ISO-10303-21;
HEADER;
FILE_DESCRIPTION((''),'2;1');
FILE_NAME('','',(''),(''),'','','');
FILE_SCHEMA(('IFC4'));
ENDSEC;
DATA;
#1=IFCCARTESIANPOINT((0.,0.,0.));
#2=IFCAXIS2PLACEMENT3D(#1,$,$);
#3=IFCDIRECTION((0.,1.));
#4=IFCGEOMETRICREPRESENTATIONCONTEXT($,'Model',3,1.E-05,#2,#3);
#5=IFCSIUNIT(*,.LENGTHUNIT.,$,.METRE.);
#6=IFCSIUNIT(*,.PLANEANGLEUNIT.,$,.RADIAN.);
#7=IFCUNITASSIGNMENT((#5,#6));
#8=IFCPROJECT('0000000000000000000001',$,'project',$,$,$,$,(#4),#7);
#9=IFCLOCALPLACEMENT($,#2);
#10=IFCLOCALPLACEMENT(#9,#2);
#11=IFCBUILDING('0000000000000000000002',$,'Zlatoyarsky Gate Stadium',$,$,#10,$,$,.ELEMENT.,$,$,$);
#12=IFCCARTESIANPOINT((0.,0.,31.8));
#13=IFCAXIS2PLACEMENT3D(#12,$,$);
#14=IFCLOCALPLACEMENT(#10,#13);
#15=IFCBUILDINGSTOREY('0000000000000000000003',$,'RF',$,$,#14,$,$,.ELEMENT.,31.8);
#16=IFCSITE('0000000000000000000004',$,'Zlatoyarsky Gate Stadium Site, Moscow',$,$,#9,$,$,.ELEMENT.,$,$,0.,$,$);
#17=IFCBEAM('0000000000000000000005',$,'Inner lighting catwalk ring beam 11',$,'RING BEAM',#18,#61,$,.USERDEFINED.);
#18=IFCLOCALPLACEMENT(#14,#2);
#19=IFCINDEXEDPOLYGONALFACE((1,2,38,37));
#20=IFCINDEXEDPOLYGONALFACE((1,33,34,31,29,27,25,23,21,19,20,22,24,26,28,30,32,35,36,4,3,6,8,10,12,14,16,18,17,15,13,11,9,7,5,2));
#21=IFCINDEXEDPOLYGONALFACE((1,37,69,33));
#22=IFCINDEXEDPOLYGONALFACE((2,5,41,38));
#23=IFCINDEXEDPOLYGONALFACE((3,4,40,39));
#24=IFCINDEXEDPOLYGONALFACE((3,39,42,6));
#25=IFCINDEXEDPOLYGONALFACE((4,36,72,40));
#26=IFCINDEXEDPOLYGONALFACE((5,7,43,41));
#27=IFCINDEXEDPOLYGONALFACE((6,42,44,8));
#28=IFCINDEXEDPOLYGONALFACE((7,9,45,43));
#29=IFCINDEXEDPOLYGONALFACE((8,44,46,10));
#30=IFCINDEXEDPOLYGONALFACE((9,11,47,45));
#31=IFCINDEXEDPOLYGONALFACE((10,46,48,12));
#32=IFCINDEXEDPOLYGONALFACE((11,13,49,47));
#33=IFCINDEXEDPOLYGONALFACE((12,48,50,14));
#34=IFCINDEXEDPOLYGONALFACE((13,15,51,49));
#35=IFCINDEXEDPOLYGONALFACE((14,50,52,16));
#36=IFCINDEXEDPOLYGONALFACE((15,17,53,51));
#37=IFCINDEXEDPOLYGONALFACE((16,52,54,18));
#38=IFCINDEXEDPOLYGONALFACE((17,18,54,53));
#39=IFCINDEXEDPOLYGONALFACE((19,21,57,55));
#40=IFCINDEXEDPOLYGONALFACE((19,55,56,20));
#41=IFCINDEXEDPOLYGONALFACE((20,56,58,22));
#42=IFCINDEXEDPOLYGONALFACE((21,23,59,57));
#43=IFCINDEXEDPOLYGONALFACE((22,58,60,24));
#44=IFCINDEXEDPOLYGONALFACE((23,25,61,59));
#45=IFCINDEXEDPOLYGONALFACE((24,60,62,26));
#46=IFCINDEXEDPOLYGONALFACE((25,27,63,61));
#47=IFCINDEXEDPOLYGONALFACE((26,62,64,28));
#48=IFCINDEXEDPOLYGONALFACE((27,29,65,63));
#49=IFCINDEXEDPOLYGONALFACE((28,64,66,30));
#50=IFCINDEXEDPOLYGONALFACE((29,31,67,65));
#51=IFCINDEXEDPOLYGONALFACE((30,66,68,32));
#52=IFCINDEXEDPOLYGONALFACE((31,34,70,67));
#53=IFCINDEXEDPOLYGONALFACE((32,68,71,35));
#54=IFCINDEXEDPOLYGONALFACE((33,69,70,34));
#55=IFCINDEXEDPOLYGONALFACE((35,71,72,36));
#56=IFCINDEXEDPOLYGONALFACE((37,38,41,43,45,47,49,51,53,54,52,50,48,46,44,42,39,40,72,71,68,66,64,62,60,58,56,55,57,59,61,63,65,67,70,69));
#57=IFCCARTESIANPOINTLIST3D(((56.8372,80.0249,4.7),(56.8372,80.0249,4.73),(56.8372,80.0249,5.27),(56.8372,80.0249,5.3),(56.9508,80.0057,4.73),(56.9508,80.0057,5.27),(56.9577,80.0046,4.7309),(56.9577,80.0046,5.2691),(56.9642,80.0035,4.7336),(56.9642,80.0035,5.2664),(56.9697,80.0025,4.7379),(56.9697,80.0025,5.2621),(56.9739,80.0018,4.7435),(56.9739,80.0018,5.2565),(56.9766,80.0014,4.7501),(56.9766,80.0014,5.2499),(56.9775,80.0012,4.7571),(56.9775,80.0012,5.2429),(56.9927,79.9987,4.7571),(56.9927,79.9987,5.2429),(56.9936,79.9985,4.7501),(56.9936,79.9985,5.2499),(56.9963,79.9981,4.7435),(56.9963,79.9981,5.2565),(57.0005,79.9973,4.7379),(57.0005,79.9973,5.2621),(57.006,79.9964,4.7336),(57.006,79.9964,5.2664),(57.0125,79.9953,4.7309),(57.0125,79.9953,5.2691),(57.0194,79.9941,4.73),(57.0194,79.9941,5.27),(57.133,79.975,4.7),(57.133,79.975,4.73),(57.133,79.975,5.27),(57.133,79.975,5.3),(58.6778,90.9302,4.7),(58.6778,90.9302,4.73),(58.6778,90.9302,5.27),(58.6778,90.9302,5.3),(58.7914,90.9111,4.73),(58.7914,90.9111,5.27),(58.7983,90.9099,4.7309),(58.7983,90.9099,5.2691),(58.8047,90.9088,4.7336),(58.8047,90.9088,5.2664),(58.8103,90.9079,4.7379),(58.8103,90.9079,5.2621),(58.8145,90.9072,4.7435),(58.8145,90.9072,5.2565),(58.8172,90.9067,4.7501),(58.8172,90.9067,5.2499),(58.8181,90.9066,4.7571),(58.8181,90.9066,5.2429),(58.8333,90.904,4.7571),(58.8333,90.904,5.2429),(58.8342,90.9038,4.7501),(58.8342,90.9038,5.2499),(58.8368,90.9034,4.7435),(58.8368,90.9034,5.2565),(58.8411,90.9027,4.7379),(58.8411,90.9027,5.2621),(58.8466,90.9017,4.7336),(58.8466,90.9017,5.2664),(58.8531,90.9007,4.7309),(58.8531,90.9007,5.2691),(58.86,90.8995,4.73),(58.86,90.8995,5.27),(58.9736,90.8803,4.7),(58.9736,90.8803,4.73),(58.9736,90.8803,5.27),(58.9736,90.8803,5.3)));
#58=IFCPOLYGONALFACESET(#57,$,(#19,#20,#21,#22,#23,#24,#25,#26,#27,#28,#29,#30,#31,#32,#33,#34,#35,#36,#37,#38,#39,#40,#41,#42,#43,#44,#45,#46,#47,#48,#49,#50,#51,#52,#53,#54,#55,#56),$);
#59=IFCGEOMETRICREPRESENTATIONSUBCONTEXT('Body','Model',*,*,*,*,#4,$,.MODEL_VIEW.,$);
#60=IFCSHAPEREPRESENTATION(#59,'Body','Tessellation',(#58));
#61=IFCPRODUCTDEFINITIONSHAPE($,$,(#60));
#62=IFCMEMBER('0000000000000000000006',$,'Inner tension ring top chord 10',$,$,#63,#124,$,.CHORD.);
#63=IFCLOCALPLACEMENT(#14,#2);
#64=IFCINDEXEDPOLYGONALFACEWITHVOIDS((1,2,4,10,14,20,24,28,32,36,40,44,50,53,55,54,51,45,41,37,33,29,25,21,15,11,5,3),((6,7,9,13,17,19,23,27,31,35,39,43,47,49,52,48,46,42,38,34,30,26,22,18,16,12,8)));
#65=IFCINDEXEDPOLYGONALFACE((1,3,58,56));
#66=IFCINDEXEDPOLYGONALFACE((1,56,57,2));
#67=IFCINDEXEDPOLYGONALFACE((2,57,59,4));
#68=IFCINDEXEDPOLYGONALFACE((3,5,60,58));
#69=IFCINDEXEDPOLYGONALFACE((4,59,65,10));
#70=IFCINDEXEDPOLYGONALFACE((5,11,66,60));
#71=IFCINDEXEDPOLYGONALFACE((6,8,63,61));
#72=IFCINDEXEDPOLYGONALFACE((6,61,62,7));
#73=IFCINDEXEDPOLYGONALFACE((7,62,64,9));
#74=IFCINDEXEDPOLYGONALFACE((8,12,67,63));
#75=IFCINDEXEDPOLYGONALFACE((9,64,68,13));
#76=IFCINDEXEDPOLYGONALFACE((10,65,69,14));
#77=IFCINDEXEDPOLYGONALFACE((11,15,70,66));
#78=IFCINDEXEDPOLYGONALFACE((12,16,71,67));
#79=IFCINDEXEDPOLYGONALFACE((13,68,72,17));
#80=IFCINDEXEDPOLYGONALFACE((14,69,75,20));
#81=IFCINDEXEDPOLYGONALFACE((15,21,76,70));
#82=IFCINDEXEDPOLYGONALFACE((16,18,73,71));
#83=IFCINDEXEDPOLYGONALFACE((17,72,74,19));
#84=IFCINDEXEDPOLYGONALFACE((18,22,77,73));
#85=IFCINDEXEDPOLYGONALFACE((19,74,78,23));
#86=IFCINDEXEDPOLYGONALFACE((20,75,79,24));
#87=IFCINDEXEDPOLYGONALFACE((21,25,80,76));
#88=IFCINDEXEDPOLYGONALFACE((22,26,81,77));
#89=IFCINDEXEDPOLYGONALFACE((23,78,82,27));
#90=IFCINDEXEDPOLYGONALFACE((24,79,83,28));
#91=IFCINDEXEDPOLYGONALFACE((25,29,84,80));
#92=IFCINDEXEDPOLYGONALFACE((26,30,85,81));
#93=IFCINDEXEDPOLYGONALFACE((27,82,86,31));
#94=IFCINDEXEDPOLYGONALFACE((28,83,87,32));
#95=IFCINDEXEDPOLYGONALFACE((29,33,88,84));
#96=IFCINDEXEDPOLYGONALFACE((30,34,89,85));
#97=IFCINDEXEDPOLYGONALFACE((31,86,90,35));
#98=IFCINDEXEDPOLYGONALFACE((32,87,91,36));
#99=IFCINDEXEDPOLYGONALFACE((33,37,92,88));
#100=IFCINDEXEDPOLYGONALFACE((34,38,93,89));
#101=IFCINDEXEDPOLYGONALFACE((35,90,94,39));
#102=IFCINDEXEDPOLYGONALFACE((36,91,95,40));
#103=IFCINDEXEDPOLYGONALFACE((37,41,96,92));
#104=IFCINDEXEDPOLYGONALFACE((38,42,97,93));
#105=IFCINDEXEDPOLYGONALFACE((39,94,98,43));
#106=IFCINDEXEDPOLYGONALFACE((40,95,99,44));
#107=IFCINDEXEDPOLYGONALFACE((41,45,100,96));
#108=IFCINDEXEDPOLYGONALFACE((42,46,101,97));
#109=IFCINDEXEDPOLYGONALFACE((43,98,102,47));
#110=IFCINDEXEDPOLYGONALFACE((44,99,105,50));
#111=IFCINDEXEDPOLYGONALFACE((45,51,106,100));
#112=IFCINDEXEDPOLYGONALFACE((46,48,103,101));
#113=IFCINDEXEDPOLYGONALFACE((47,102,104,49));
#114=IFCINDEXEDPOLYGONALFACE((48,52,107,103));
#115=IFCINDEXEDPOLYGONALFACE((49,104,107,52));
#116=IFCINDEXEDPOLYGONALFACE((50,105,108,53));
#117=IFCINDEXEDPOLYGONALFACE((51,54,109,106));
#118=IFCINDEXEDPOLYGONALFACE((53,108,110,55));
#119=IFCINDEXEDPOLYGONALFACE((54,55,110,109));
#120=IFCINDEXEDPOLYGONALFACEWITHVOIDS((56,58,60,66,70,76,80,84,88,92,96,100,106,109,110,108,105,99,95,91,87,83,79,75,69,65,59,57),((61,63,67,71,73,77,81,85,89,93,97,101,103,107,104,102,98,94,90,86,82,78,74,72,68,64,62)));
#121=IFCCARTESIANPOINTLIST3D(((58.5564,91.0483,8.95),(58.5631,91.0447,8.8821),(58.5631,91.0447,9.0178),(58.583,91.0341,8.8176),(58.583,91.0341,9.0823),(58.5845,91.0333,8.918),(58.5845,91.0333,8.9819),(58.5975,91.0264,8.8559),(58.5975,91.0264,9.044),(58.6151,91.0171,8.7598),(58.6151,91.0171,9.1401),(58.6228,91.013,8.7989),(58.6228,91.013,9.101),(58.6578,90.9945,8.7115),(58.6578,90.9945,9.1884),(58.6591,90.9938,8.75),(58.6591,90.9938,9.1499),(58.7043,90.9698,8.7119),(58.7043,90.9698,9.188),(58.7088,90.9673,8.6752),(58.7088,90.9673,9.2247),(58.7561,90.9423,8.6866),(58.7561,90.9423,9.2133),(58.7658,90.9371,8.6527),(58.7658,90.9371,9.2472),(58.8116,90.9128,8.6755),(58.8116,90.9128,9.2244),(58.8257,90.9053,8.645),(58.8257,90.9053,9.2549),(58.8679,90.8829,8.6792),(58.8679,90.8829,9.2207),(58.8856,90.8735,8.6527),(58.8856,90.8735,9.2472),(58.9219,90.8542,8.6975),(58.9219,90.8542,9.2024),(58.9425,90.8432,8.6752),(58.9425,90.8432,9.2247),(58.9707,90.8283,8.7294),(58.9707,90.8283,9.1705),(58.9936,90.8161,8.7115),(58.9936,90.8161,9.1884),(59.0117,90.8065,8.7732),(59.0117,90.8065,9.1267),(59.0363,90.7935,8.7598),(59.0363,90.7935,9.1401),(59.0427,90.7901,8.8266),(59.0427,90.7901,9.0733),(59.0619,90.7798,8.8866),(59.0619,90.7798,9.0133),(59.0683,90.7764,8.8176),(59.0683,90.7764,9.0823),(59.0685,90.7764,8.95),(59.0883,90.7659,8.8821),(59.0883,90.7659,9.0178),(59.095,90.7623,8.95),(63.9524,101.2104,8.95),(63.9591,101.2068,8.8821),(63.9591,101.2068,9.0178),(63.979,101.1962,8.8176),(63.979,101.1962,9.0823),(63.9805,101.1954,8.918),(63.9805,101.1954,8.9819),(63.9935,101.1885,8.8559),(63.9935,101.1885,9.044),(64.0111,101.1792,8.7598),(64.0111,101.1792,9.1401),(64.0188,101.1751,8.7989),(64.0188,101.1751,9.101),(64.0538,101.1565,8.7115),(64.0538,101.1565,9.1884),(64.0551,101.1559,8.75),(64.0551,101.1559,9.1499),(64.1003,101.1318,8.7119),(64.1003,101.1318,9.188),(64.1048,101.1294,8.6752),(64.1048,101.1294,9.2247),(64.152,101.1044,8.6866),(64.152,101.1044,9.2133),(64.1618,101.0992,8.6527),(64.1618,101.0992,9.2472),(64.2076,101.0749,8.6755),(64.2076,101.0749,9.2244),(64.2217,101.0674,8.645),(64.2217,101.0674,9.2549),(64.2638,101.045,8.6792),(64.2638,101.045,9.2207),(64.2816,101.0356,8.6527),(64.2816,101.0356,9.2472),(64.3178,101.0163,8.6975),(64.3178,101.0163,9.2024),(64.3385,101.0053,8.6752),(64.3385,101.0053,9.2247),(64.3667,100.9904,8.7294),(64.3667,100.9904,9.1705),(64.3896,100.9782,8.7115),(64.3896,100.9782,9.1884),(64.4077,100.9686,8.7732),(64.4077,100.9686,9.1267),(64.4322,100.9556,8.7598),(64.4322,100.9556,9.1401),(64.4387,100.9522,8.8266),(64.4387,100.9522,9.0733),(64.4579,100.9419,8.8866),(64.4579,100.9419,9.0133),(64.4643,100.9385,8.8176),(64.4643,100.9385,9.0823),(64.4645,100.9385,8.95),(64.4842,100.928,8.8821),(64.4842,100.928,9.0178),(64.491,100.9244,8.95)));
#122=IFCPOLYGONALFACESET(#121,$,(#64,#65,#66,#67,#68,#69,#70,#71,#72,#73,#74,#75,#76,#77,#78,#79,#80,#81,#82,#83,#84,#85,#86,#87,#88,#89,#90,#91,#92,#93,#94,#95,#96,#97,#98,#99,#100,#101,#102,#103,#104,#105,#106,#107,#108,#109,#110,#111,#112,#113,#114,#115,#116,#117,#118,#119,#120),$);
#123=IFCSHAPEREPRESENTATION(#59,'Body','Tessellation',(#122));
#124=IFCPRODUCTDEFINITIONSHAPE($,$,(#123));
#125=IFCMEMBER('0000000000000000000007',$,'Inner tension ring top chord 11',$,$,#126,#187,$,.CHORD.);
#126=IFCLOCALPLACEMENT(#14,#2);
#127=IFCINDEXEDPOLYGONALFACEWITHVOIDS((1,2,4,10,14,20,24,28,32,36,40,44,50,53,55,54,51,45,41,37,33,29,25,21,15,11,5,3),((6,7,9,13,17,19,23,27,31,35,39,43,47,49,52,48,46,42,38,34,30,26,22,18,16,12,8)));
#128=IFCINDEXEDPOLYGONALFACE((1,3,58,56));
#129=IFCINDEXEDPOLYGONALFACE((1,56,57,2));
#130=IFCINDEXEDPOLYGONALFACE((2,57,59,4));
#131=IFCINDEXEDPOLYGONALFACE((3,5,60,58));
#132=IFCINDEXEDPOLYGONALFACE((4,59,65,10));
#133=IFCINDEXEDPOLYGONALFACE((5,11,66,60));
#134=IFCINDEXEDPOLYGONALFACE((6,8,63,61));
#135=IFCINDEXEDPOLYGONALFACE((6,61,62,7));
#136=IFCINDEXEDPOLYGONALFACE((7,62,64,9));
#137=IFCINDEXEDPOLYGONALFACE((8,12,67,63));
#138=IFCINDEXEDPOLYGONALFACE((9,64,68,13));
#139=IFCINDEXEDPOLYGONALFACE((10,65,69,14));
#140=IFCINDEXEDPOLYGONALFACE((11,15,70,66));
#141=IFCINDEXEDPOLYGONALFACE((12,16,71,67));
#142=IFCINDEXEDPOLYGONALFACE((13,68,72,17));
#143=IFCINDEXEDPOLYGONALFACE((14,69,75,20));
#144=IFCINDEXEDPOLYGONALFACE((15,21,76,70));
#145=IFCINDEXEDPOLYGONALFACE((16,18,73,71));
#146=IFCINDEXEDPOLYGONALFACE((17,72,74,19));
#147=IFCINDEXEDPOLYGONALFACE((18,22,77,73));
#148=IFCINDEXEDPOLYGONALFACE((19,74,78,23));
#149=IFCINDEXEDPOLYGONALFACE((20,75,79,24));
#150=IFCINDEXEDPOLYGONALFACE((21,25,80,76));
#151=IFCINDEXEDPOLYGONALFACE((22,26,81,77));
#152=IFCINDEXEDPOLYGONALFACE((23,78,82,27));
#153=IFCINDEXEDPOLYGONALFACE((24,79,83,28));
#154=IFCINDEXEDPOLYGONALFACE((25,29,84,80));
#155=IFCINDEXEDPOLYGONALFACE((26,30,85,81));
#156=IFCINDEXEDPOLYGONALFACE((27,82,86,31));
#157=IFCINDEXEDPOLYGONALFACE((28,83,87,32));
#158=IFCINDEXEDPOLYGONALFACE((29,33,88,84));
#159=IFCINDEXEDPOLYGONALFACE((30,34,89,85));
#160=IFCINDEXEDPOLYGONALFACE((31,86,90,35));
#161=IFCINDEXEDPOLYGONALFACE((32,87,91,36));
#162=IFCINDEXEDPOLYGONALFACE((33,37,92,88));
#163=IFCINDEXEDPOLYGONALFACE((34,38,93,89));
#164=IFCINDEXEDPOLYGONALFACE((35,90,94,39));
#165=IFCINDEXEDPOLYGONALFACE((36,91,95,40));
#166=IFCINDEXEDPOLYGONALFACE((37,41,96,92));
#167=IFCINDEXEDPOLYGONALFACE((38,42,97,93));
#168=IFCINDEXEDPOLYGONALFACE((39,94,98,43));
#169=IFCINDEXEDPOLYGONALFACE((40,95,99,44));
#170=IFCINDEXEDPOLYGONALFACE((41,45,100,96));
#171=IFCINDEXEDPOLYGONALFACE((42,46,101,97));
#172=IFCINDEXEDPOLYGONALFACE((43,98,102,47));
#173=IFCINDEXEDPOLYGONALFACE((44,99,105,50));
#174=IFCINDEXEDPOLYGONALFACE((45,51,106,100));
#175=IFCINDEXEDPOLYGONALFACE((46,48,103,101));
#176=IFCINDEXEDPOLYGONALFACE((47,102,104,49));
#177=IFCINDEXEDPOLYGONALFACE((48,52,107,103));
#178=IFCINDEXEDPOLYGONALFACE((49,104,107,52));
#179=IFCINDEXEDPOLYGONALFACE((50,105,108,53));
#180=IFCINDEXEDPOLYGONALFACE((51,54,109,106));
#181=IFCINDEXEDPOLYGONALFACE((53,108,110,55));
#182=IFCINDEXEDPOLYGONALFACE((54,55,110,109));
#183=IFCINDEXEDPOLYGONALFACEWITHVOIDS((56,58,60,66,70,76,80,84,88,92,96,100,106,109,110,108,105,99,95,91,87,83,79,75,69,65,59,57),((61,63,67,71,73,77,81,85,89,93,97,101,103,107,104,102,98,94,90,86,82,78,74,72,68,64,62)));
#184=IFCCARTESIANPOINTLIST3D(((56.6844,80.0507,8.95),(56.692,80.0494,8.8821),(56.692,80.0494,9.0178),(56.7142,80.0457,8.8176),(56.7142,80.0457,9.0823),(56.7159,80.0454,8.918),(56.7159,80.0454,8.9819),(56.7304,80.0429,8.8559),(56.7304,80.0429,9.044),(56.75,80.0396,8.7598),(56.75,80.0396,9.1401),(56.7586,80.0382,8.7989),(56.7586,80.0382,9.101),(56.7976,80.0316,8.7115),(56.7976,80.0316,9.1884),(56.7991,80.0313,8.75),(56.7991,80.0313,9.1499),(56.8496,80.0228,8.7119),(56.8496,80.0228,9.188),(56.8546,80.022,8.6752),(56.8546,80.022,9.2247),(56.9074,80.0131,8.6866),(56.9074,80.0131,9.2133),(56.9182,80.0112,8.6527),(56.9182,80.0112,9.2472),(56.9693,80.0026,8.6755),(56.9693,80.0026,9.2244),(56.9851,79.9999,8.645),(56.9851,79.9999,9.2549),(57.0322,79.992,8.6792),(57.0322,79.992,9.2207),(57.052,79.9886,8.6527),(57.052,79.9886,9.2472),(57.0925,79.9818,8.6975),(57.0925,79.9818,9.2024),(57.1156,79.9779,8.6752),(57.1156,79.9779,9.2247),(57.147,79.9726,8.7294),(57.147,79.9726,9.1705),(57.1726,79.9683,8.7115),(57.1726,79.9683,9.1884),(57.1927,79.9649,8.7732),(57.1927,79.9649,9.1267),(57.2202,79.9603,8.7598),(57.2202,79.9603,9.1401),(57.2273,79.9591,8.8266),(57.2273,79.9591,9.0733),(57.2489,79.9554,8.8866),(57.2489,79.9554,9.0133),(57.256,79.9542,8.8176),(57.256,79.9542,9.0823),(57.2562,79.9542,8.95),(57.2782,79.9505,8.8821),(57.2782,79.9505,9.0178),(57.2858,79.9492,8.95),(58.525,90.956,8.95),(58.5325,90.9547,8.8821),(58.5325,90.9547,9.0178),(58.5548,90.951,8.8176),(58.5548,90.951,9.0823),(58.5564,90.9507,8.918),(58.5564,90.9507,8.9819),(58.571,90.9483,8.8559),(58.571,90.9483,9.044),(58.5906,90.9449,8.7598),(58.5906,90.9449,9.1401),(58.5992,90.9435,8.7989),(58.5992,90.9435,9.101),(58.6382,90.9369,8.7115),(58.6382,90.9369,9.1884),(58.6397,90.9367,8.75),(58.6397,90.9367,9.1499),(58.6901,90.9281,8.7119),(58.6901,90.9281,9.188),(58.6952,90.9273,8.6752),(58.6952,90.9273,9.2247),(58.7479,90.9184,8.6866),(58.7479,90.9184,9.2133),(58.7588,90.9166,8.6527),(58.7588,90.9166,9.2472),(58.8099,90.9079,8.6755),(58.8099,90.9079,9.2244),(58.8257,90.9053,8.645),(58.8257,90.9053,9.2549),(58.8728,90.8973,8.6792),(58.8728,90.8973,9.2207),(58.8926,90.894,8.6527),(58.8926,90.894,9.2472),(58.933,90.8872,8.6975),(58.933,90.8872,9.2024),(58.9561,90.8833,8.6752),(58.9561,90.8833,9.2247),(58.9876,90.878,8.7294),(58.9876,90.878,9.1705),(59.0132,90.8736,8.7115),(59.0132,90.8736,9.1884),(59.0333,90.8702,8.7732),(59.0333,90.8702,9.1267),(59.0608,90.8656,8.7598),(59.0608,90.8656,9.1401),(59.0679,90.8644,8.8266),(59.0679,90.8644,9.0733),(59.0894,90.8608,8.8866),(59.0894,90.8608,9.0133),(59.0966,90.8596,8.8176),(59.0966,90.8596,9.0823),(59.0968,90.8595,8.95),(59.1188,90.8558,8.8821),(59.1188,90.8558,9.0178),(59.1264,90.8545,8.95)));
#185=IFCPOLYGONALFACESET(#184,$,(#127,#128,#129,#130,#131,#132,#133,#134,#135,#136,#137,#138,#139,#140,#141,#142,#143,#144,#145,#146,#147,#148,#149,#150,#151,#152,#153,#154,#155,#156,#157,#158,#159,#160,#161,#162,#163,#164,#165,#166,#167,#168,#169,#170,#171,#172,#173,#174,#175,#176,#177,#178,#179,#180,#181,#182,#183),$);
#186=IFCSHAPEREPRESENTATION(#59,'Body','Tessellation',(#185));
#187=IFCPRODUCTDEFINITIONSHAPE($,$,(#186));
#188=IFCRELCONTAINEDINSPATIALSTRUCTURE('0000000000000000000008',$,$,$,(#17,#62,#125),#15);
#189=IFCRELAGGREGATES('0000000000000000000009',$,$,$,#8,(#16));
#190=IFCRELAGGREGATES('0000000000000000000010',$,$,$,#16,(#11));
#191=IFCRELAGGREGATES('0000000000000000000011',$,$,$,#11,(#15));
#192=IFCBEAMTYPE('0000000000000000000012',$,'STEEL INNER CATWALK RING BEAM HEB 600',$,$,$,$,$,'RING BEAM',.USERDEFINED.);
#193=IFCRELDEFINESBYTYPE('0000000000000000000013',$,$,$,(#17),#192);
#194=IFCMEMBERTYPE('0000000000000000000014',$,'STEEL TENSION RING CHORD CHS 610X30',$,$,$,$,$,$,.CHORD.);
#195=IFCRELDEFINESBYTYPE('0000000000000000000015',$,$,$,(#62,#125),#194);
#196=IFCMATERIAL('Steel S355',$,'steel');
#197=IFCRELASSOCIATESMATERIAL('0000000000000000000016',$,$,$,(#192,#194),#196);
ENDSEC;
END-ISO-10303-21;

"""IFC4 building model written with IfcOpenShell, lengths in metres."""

from ifc_helpers import new_model, si_unit, direction, frame, origin, origin_2d, place, context, subcontext, project, spatial, hollow_circle, i_section, extrude, material, material_profile, profile_set, type_object, element, save


model = new_model("IFC4")

# Units and contexts
model_context = context("Model", 3, precision=1e-05, world=origin(), true_north=direction((0.0, 1.0)))
body_context = subcontext(model_context, "Body", "Model", "MODEL_VIEW")
ifc_project = project(units=[si_unit("LENGTHUNIT", "METRE"), si_unit("PLANEANGLEUNIT", "RADIAN")], contexts=[model_context])

# Site, building, storey
site_placement = place(None, origin())
site = spatial("IfcSite", under=ifc_project, at=site_placement, Name="Zlatoyarsky Gate Stadium Site, Moscow", CompositionType="ELEMENT", RefElevation=0.0)
building_placement = place(site_placement, origin())
building = spatial("IfcBuilding", under=site, at=building_placement, Name="Zlatoyarsky Gate Stadium", CompositionType="ELEMENT")
storey_placement = place(building_placement, frame((0.0, 0.0, 31.8)))
storey = spatial("IfcBuildingStorey", under=building, at=storey_placement, Name="RF", CompositionType="ELEMENT", Elevation=31.8)

# Shared definitions
ifc_material = material(Name="Steel S355", Category="steel")

# Beam
ifc_material_profile_1 = material_profile(ifc_material, i_section(OverallWidth=0.3, OverallDepth=0.6001, WebThickness=0.0154, FlangeThickness=0.03, FilletRadius=0.0271, at=origin_2d()), Name="HEB 600")
ifc_profile_set_1 = profile_set([ifc_material_profile_1], Name="Steel S355")
beam_type = type_object("IfcBeamType", Name="STEEL INNER CATWALK RING BEAM HEB 600", ElementType="RING BEAM", PredefinedType="USERDEFINED", material=ifc_profile_set_1)
beam_1_placement = place(storey_placement, frame((58.8257, 90.9053, 5.0), z_axis=(-0.166425, -0.986054, 0.0), x_axis=(0.986054, -0.166425, 0.0)))
element("IfcBeam", 1, at=beam_1_placement, inside=storey, type_object=beam_type, Name="Inner lighting catwalk ring beam 11", ObjectType="RING BEAM", PredefinedType="USERDEFINED", context=body_context, shape_type="SweptSolid", body=[
    extrude(i_section(OverallWidth=0.3, OverallDepth=0.6001, WebThickness=0.0154, FlangeThickness=0.03, FilletRadius=0.0271, at=origin_2d()), origin(), (0.0, 0.0, 1.0), 11.0596),
])

# Members
ifc_material_profile_2 = material_profile(ifc_material, hollow_circle(Radius=0.3049, WallThickness=0.03, at=origin_2d()), Name="CHS 610X30")
ifc_profile_set_2 = profile_set([ifc_material_profile_2], Name="Steel S355")
member_type_1 = type_object("IfcMemberType", Name="STEEL TENSION RING CHORD CHS 610X30", PredefinedType="CHORD", material=ifc_profile_set_2)
member_1_placement = place(storey_placement, frame((64.2217, 101.0674, 8.95), z_axis=(-0.468977, -0.88321, 0.0), x_axis=(0.88321, -0.468977, 0.0)))
element("IfcMember", 2, at=member_1_placement, inside=storey, type_object=member_type_1, Name="Inner tension ring top chord 10", PredefinedType="CHORD", context=body_context, shape_type="SweptSolid", body=[
    extrude(hollow_circle(Radius=0.3049, WallThickness=0.03, at=origin_2d()), origin(), (0.0, 0.0, 1.0), 11.5059),
])
member_2_placement = place(storey_placement, frame((58.8257, 90.9053, 8.95), z_axis=(-0.166425, -0.986054, 0.0), x_axis=(0.986054, -0.166425, 0.0)))
element("IfcMember", 3, at=member_2_placement, inside=storey, type_object=member_type_1, Name="Inner tension ring top chord 11", PredefinedType="CHORD", context=body_context, shape_type="SweptSolid", body=[
    extrude(hollow_circle(Radius=0.3049, WallThickness=0.03, at=origin_2d()), origin(), (0.0, 0.0, 1.0), 11.0596),
])

save(model, "model.ifc")
